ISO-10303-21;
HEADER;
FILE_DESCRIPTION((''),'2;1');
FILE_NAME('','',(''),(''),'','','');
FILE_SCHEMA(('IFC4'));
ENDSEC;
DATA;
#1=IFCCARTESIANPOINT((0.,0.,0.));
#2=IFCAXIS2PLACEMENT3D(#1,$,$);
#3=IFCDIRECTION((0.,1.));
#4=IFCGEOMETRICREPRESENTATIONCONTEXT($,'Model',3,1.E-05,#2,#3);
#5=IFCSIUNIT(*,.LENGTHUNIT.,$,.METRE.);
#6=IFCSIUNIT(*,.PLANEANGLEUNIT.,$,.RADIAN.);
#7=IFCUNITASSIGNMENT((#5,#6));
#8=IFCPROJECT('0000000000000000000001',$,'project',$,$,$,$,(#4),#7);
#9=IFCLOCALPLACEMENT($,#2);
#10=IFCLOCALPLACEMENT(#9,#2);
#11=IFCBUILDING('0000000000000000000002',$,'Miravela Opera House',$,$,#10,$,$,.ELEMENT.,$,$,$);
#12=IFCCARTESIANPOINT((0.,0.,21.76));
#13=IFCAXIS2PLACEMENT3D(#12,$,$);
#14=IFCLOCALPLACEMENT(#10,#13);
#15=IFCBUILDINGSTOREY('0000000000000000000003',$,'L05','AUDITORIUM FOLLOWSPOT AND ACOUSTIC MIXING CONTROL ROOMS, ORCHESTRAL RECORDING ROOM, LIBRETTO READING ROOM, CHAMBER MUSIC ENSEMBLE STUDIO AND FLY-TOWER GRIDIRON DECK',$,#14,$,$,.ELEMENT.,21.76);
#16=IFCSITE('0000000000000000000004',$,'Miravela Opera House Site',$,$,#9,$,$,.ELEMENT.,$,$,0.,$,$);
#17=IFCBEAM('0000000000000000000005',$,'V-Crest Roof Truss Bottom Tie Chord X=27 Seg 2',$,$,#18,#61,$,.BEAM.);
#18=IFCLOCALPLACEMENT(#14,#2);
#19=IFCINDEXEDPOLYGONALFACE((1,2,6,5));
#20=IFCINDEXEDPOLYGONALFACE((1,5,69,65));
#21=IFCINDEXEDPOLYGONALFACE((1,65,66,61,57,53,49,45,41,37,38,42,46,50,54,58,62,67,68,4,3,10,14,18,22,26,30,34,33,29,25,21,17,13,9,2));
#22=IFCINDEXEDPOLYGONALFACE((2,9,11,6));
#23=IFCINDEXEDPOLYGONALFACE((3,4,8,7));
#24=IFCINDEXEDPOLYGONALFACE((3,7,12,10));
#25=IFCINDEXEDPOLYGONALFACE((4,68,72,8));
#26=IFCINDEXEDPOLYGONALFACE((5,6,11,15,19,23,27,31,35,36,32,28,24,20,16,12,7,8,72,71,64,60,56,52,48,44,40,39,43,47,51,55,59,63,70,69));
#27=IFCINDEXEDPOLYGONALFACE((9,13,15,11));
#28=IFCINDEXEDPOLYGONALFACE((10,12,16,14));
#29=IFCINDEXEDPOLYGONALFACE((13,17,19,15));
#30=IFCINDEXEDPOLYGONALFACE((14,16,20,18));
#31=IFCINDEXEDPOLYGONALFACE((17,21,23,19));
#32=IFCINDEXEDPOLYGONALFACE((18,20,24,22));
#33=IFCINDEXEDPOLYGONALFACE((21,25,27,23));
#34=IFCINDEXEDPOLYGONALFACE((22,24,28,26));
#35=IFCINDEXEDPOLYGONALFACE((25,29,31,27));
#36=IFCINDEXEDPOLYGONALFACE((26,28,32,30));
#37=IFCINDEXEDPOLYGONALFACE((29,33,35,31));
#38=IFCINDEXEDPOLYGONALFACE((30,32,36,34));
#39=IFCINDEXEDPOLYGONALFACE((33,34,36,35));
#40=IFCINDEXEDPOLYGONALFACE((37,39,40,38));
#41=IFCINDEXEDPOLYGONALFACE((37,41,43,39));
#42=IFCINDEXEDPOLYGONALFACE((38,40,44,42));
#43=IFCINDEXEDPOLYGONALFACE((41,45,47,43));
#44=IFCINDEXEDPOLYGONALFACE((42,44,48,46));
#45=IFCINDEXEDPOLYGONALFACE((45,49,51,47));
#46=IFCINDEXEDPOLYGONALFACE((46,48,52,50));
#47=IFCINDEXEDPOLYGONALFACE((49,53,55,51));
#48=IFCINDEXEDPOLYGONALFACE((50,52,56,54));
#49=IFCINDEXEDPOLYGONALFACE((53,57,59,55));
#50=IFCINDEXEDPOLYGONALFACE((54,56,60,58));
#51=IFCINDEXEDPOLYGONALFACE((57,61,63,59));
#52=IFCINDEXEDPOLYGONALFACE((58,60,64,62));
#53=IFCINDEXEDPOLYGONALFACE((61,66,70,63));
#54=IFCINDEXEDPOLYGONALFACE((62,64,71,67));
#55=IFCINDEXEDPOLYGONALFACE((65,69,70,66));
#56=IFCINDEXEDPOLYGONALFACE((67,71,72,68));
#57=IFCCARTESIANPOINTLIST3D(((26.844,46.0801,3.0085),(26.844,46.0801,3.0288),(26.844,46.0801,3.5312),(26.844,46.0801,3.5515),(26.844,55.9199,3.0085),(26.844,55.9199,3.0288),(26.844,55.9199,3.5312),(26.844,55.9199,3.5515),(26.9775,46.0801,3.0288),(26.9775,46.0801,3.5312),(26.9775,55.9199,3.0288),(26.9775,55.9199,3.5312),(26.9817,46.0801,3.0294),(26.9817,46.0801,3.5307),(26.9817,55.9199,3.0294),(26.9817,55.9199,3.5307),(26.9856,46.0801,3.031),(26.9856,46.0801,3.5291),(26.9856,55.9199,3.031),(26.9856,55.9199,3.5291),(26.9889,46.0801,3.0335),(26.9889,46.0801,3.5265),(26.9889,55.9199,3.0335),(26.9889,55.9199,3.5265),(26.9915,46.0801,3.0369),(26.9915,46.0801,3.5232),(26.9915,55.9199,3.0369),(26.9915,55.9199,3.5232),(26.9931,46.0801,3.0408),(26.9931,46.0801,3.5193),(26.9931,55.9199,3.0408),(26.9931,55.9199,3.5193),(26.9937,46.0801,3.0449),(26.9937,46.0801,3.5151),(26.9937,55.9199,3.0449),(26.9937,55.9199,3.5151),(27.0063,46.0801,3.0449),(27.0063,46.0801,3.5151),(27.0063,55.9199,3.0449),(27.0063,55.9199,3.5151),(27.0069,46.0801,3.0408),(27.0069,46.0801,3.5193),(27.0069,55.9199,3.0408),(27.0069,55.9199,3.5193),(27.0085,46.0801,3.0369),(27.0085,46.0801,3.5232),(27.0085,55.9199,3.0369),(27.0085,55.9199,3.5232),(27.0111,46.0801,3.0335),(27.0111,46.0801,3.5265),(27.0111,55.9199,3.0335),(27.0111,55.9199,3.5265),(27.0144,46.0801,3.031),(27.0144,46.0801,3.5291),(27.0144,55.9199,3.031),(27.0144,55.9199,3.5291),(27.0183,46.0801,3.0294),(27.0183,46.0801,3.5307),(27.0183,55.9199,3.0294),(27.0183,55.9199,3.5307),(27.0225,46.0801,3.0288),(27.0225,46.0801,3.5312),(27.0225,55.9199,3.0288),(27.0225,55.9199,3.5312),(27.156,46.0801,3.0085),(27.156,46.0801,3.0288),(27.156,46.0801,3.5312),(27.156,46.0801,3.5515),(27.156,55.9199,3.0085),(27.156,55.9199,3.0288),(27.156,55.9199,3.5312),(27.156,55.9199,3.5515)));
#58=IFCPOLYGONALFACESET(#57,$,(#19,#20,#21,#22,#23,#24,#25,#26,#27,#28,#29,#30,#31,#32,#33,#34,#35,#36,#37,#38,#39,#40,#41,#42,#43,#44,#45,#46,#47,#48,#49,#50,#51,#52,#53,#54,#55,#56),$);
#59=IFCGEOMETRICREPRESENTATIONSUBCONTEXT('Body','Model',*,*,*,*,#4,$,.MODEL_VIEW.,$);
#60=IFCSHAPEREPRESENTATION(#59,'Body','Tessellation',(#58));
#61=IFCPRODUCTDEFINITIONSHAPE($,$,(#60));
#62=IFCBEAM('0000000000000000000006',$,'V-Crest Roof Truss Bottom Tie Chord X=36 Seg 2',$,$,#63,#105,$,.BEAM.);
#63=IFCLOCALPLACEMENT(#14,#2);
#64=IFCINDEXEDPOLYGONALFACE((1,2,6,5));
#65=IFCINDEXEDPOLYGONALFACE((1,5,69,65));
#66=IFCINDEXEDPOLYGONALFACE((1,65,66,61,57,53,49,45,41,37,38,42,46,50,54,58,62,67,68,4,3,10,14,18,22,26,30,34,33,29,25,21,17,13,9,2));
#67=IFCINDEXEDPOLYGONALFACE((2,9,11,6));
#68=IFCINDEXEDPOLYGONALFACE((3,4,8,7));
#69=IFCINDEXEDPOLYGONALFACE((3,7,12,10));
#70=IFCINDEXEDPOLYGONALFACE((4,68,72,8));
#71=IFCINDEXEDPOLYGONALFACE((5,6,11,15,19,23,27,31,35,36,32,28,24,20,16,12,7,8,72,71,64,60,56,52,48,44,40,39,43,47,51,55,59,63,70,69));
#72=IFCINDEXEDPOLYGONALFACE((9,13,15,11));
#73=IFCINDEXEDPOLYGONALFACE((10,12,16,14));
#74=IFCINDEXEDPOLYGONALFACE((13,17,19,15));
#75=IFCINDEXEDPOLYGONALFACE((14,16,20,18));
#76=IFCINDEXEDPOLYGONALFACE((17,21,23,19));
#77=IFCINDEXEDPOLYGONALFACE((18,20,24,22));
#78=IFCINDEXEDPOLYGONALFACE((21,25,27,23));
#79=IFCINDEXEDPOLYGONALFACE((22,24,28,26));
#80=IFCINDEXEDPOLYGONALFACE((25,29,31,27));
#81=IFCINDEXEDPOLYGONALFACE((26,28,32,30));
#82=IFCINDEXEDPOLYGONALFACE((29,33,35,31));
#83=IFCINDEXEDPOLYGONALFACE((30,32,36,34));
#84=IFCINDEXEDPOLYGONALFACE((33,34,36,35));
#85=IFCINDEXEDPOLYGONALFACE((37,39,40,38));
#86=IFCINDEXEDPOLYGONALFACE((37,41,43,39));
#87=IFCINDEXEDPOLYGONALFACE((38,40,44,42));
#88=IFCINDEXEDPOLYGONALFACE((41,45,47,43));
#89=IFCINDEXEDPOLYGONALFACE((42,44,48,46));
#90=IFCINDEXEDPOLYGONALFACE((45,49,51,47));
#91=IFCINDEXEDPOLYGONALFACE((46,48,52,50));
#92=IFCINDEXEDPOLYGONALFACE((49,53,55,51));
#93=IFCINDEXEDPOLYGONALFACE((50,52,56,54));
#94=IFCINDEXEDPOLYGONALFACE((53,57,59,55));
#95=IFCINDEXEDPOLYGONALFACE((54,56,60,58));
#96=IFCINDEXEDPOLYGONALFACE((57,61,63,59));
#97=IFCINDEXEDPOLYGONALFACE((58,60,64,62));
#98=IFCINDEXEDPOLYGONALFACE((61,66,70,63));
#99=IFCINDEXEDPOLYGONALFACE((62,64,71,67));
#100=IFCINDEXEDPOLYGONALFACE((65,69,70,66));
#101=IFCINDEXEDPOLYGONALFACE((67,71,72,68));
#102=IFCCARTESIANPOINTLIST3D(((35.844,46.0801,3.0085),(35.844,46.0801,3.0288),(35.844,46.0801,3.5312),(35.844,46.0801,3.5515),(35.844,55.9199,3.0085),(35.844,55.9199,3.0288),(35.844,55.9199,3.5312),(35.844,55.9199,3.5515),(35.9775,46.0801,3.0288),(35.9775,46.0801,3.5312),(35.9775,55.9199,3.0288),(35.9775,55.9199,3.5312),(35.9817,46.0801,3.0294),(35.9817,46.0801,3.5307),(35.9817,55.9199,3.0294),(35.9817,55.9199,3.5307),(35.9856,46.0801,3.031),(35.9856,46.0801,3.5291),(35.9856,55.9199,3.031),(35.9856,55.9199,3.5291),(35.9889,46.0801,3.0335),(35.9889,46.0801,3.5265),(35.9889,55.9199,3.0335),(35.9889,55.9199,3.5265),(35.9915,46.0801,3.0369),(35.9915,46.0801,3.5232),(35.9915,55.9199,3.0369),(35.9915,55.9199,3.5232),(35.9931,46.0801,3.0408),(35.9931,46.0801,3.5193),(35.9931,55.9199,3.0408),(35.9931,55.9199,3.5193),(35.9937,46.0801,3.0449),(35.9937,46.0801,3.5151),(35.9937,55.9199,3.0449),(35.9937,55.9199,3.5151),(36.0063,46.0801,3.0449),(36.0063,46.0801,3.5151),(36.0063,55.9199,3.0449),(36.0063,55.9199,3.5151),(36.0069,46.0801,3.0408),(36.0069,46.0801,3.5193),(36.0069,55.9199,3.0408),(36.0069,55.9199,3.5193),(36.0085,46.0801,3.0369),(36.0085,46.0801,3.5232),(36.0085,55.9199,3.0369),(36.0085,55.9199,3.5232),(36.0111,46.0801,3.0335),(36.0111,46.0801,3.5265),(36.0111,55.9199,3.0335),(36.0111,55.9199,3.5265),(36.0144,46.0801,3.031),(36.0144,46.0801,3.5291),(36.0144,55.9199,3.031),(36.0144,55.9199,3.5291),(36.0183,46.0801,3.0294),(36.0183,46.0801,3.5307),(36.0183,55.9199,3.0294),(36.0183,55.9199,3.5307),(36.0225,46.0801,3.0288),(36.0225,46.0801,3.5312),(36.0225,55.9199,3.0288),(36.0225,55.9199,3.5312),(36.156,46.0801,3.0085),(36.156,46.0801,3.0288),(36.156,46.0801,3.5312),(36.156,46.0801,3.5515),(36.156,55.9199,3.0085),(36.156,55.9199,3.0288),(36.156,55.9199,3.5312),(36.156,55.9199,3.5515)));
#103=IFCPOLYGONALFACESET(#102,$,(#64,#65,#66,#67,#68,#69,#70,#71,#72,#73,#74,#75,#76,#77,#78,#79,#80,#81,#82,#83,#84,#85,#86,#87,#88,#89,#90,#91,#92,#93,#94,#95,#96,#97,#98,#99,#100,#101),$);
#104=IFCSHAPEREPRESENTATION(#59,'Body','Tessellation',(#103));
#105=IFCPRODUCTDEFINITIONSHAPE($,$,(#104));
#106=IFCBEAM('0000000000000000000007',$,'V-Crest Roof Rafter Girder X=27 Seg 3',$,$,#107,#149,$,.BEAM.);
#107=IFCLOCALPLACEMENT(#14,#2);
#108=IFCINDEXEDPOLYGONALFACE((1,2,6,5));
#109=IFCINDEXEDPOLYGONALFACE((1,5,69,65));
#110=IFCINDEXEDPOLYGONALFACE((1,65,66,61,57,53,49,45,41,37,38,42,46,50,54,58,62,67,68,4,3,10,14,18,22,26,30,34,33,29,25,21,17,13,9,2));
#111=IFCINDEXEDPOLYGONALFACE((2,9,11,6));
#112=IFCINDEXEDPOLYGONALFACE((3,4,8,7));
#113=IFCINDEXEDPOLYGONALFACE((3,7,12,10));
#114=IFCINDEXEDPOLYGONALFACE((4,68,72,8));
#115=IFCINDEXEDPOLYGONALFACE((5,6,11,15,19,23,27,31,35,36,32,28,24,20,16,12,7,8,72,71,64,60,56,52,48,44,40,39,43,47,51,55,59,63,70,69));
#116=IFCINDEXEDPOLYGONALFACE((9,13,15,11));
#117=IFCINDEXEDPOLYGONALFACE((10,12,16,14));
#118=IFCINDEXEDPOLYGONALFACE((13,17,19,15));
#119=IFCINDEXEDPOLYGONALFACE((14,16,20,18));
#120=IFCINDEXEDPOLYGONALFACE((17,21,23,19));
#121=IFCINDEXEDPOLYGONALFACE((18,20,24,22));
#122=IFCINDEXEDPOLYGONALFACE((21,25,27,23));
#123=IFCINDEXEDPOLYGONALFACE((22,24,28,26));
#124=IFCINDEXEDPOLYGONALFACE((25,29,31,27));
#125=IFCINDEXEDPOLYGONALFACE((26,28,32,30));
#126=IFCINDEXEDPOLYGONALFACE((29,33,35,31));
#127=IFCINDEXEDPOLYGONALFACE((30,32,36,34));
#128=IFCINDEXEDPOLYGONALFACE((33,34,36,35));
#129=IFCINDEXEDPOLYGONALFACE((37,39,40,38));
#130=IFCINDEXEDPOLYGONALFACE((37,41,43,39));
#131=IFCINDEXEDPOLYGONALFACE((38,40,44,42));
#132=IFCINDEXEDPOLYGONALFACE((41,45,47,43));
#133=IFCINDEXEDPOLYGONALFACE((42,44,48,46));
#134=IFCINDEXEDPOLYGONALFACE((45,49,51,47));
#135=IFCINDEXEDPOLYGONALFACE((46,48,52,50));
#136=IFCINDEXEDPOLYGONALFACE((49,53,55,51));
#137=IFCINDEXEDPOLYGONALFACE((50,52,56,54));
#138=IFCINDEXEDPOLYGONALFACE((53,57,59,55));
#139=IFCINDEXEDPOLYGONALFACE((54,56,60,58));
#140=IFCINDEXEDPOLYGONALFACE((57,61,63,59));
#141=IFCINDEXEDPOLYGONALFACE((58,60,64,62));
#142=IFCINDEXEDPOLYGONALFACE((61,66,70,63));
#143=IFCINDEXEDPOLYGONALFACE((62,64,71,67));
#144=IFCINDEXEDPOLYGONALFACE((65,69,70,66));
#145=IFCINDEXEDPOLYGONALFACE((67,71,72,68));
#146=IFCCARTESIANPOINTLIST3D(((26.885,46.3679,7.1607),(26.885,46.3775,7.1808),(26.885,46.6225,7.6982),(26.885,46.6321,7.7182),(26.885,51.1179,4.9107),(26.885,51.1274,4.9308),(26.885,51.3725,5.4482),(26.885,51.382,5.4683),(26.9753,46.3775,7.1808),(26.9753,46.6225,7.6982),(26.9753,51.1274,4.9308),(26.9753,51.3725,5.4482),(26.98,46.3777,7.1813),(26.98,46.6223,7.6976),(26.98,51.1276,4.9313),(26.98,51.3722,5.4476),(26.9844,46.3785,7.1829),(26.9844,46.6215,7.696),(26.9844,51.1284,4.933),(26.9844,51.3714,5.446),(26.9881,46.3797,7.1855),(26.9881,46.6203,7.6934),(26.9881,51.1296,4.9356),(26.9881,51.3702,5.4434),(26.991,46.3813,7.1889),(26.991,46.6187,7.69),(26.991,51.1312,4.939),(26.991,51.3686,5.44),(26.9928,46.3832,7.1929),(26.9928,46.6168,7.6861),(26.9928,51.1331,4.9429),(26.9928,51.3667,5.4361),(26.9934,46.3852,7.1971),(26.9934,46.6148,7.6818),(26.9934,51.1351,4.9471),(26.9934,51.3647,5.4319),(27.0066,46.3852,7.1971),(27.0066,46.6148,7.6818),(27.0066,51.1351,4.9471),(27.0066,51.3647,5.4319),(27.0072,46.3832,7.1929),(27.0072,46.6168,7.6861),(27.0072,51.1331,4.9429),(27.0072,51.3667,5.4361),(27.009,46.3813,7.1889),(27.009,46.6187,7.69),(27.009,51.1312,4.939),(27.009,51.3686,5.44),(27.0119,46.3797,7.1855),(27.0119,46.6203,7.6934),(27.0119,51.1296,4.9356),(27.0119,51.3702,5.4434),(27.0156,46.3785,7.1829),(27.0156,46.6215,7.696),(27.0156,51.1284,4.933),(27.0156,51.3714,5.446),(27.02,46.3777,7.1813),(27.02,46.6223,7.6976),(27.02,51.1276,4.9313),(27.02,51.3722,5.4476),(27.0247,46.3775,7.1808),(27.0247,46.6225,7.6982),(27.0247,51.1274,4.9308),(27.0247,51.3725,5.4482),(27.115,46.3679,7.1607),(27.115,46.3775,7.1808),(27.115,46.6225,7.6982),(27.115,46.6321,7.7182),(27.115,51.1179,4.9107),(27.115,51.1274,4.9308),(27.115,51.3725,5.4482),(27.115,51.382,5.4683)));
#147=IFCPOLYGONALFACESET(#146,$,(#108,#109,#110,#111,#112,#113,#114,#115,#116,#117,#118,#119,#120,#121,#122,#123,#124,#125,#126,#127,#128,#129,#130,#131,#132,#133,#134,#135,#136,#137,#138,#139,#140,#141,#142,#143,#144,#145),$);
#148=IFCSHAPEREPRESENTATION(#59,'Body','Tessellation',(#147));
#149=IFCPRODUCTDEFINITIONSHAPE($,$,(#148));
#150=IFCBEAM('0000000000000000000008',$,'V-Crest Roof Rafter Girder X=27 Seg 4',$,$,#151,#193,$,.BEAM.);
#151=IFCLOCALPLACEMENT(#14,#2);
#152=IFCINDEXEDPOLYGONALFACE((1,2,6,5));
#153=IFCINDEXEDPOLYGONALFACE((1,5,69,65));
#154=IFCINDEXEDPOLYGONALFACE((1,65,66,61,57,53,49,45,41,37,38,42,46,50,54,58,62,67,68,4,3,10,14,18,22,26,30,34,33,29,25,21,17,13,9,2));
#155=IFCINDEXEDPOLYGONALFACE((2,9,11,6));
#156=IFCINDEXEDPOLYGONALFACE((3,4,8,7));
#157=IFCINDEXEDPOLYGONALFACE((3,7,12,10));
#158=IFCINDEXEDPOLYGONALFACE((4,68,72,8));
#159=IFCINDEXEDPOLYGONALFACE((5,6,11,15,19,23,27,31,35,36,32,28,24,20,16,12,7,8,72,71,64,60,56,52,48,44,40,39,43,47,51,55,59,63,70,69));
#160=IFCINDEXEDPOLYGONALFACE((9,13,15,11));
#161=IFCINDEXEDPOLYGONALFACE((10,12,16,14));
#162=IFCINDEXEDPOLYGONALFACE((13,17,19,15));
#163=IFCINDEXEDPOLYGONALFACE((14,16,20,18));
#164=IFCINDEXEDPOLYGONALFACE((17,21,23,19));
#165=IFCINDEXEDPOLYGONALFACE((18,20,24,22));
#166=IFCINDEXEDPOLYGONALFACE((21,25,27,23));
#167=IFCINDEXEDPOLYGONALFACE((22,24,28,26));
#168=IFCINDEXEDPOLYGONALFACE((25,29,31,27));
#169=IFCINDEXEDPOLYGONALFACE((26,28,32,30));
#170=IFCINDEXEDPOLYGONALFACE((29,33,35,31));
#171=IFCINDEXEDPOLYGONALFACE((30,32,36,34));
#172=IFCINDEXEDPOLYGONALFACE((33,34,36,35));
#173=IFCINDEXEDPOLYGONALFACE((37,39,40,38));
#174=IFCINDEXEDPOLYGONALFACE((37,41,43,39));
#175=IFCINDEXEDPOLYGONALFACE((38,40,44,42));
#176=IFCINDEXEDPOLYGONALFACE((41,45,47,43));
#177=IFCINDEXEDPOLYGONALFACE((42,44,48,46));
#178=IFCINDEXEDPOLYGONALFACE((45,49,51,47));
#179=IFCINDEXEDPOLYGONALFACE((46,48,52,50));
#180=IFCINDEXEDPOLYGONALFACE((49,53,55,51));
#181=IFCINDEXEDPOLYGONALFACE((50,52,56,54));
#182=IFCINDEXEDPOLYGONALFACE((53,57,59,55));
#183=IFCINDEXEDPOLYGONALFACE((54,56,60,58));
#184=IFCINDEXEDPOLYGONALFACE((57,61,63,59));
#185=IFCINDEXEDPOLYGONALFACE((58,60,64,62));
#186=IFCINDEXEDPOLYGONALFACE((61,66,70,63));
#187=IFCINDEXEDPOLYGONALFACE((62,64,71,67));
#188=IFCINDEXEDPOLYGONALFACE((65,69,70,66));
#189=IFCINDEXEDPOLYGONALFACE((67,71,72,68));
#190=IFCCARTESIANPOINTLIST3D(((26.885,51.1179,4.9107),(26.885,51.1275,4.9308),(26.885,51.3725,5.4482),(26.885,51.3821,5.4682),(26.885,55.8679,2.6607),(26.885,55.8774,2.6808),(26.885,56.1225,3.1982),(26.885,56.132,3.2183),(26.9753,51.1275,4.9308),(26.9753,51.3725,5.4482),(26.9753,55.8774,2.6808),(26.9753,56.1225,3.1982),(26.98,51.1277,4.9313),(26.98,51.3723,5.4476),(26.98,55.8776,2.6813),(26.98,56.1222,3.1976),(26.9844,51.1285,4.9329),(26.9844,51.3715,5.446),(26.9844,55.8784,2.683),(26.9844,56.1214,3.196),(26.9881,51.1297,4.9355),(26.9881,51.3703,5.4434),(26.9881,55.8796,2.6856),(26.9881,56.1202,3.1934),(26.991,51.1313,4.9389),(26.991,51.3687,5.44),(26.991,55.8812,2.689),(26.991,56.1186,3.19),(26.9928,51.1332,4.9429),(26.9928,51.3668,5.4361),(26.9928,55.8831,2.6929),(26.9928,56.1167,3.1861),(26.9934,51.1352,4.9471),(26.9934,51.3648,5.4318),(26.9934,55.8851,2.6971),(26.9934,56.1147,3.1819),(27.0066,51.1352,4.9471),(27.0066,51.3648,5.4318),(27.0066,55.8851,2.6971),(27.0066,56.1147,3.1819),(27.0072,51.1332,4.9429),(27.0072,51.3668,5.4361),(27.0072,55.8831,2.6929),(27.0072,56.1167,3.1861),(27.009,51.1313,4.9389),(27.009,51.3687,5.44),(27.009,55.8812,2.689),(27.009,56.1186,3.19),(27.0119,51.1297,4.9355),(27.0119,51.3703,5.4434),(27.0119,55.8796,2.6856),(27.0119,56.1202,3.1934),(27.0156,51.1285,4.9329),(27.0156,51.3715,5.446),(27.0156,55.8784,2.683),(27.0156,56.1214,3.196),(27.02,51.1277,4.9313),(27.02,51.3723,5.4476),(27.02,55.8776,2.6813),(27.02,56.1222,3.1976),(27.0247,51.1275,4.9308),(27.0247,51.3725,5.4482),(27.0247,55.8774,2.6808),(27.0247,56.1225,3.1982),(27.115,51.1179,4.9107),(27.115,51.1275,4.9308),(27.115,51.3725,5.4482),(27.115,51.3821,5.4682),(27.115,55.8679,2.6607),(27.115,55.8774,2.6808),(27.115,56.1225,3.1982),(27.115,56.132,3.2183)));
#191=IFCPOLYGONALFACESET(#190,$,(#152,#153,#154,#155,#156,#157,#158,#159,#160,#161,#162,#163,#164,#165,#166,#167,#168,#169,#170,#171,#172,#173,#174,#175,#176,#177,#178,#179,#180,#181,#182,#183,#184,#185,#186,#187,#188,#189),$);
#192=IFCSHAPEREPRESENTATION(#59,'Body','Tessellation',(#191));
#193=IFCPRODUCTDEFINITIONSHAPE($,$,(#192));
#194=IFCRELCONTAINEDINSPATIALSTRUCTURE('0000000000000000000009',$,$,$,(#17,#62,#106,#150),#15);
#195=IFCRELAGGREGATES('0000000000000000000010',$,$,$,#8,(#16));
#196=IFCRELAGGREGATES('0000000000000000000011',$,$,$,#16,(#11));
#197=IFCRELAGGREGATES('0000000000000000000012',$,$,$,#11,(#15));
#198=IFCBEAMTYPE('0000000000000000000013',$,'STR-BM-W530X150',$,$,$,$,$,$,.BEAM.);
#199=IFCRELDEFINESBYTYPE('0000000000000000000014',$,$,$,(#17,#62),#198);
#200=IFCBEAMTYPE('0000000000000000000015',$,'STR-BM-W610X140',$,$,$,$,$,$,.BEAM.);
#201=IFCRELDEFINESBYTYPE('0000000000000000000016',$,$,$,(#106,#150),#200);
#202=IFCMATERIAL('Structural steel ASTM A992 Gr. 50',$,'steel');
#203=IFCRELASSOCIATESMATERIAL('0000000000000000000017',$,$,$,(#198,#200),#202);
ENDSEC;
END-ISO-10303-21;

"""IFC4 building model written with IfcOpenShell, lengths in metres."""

from ifc_helpers import new_model, si_unit, direction, frame, origin, origin_2d, place, context, subcontext, project, spatial, i_section, extrude, material, material_profile, profile_set, type_object, element, save


model = new_model("IFC4")

# Units and contexts
model_context = context("Model", 3, precision=1e-05, world=origin(), true_north=direction((0.0, 1.0)))
body_context = subcontext(model_context, "Body", "Model", "MODEL_VIEW")
ifc_project = project(units=[si_unit("LENGTHUNIT", "METRE"), si_unit("PLANEANGLEUNIT", "RADIAN")], contexts=[model_context])

# Site, building, storey
site_placement = place(None, origin())
site = spatial("IfcSite", under=ifc_project, at=site_placement, Name="Miravela Opera House Site", CompositionType="ELEMENT", RefElevation=0.0)
building_placement = place(site_placement, origin())
building = spatial("IfcBuilding", under=site, at=building_placement, Name="Miravela Opera House", CompositionType="ELEMENT")
storey_placement = place(building_placement, frame((0.0, 0.0, 21.76)))
storey = spatial("IfcBuildingStorey", under=building, at=storey_placement, Name="L05", Description="AUDITORIUM FOLLOWSPOT AND ACOUSTIC MIXING CONTROL ROOMS, ORCHESTRAL RECORDING ROOM, LIBRETTO READING ROOM, CHAMBER MUSIC ENSEMBLE STUDIO AND FLY-TOWER GRIDIRON DECK", CompositionType="ELEMENT", Elevation=21.76)

# Beams
ifc_material_1 = material(Name="Structural steel ASTM A992 Gr. 50", Category="steel")
ifc_material_profile_1 = material_profile(ifc_material_1, i_section(OverallWidth=0.312, OverallDepth=0.543, WebThickness=0.0127, FlangeThickness=0.0203, FilletRadius=0.0161, at=origin_2d()), Name="W530X150")
ifc_profile_set_1 = profile_set([ifc_material_profile_1])
beam_type_1 = type_object("IfcBeamType", Name="STR-BM-W530X150", PredefinedType="BEAM", material=ifc_profile_set_1)
for number, where, z_axis, x_axis, name in (
    (1, (27.0, 46.0801, 3.28), (0.0, 1.0, 0.0), (-1.0, 0.0, 0.0), "V-Crest Roof Truss Bottom Tie Chord X=27 Seg 2"),
    (2, (36.0, 46.0801, 3.28), (0.0, 1.0, 0.0), (-1.0, 0.0, 0.0), "V-Crest Roof Truss Bottom Tie Chord X=36 Seg 2"),
):
    element("IfcBeam", number, at=place(storey_placement, frame(where, z_axis=z_axis, x_axis=x_axis)), inside=storey, type_object=beam_type_1, Name=name, PredefinedType="BEAM", context=body_context, shape_type="SweptSolid", body=[
        extrude(i_section(OverallWidth=0.312, OverallDepth=0.543, WebThickness=0.0127, FlangeThickness=0.0203, FilletRadius=0.0161, at=origin_2d()), origin(), (0.0, 0.0, 1.0), 9.8398),
    ])
ifc_material_profile_2 = material_profile(ifc_material_1, i_section(OverallWidth=0.23, OverallDepth=0.6169, WebThickness=0.0132, FlangeThickness=0.0222, FilletRadius=0.0181, at=origin_2d()), Name="W610X140")
ifc_profile_set_2 = profile_set([ifc_material_profile_2])
beam_type_2 = type_object("IfcBeamType", Name="STR-BM-W610X140", PredefinedType="BEAM", material=ifc_profile_set_2)
for number, where, z_axis, x_axis, name in (
    (3, (27.0, 46.5, 7.4395), (0.0, 0.903738, -0.428086), (-1.0, 0.0, 0.0), "V-Crest Roof Rafter Girder X=27 Seg 3"),
    (4, (27.0, 51.25, 5.1895), (0.0, 0.903738, -0.428086), (-1.0, 0.0, 0.0), "V-Crest Roof Rafter Girder X=27 Seg 4"),
):
    element("IfcBeam", number, at=place(storey_placement, frame(where, z_axis=z_axis, x_axis=x_axis)), inside=storey, type_object=beam_type_2, Name=name, PredefinedType="BEAM", context=body_context, shape_type="SweptSolid", body=[
        extrude(i_section(OverallWidth=0.23, OverallDepth=0.6169, WebThickness=0.0132, FlangeThickness=0.0222, FilletRadius=0.0181, at=origin_2d()), origin(), (0.0, 0.0, 1.0), 5.2559),
    ])

save(model, "model.ifc")
